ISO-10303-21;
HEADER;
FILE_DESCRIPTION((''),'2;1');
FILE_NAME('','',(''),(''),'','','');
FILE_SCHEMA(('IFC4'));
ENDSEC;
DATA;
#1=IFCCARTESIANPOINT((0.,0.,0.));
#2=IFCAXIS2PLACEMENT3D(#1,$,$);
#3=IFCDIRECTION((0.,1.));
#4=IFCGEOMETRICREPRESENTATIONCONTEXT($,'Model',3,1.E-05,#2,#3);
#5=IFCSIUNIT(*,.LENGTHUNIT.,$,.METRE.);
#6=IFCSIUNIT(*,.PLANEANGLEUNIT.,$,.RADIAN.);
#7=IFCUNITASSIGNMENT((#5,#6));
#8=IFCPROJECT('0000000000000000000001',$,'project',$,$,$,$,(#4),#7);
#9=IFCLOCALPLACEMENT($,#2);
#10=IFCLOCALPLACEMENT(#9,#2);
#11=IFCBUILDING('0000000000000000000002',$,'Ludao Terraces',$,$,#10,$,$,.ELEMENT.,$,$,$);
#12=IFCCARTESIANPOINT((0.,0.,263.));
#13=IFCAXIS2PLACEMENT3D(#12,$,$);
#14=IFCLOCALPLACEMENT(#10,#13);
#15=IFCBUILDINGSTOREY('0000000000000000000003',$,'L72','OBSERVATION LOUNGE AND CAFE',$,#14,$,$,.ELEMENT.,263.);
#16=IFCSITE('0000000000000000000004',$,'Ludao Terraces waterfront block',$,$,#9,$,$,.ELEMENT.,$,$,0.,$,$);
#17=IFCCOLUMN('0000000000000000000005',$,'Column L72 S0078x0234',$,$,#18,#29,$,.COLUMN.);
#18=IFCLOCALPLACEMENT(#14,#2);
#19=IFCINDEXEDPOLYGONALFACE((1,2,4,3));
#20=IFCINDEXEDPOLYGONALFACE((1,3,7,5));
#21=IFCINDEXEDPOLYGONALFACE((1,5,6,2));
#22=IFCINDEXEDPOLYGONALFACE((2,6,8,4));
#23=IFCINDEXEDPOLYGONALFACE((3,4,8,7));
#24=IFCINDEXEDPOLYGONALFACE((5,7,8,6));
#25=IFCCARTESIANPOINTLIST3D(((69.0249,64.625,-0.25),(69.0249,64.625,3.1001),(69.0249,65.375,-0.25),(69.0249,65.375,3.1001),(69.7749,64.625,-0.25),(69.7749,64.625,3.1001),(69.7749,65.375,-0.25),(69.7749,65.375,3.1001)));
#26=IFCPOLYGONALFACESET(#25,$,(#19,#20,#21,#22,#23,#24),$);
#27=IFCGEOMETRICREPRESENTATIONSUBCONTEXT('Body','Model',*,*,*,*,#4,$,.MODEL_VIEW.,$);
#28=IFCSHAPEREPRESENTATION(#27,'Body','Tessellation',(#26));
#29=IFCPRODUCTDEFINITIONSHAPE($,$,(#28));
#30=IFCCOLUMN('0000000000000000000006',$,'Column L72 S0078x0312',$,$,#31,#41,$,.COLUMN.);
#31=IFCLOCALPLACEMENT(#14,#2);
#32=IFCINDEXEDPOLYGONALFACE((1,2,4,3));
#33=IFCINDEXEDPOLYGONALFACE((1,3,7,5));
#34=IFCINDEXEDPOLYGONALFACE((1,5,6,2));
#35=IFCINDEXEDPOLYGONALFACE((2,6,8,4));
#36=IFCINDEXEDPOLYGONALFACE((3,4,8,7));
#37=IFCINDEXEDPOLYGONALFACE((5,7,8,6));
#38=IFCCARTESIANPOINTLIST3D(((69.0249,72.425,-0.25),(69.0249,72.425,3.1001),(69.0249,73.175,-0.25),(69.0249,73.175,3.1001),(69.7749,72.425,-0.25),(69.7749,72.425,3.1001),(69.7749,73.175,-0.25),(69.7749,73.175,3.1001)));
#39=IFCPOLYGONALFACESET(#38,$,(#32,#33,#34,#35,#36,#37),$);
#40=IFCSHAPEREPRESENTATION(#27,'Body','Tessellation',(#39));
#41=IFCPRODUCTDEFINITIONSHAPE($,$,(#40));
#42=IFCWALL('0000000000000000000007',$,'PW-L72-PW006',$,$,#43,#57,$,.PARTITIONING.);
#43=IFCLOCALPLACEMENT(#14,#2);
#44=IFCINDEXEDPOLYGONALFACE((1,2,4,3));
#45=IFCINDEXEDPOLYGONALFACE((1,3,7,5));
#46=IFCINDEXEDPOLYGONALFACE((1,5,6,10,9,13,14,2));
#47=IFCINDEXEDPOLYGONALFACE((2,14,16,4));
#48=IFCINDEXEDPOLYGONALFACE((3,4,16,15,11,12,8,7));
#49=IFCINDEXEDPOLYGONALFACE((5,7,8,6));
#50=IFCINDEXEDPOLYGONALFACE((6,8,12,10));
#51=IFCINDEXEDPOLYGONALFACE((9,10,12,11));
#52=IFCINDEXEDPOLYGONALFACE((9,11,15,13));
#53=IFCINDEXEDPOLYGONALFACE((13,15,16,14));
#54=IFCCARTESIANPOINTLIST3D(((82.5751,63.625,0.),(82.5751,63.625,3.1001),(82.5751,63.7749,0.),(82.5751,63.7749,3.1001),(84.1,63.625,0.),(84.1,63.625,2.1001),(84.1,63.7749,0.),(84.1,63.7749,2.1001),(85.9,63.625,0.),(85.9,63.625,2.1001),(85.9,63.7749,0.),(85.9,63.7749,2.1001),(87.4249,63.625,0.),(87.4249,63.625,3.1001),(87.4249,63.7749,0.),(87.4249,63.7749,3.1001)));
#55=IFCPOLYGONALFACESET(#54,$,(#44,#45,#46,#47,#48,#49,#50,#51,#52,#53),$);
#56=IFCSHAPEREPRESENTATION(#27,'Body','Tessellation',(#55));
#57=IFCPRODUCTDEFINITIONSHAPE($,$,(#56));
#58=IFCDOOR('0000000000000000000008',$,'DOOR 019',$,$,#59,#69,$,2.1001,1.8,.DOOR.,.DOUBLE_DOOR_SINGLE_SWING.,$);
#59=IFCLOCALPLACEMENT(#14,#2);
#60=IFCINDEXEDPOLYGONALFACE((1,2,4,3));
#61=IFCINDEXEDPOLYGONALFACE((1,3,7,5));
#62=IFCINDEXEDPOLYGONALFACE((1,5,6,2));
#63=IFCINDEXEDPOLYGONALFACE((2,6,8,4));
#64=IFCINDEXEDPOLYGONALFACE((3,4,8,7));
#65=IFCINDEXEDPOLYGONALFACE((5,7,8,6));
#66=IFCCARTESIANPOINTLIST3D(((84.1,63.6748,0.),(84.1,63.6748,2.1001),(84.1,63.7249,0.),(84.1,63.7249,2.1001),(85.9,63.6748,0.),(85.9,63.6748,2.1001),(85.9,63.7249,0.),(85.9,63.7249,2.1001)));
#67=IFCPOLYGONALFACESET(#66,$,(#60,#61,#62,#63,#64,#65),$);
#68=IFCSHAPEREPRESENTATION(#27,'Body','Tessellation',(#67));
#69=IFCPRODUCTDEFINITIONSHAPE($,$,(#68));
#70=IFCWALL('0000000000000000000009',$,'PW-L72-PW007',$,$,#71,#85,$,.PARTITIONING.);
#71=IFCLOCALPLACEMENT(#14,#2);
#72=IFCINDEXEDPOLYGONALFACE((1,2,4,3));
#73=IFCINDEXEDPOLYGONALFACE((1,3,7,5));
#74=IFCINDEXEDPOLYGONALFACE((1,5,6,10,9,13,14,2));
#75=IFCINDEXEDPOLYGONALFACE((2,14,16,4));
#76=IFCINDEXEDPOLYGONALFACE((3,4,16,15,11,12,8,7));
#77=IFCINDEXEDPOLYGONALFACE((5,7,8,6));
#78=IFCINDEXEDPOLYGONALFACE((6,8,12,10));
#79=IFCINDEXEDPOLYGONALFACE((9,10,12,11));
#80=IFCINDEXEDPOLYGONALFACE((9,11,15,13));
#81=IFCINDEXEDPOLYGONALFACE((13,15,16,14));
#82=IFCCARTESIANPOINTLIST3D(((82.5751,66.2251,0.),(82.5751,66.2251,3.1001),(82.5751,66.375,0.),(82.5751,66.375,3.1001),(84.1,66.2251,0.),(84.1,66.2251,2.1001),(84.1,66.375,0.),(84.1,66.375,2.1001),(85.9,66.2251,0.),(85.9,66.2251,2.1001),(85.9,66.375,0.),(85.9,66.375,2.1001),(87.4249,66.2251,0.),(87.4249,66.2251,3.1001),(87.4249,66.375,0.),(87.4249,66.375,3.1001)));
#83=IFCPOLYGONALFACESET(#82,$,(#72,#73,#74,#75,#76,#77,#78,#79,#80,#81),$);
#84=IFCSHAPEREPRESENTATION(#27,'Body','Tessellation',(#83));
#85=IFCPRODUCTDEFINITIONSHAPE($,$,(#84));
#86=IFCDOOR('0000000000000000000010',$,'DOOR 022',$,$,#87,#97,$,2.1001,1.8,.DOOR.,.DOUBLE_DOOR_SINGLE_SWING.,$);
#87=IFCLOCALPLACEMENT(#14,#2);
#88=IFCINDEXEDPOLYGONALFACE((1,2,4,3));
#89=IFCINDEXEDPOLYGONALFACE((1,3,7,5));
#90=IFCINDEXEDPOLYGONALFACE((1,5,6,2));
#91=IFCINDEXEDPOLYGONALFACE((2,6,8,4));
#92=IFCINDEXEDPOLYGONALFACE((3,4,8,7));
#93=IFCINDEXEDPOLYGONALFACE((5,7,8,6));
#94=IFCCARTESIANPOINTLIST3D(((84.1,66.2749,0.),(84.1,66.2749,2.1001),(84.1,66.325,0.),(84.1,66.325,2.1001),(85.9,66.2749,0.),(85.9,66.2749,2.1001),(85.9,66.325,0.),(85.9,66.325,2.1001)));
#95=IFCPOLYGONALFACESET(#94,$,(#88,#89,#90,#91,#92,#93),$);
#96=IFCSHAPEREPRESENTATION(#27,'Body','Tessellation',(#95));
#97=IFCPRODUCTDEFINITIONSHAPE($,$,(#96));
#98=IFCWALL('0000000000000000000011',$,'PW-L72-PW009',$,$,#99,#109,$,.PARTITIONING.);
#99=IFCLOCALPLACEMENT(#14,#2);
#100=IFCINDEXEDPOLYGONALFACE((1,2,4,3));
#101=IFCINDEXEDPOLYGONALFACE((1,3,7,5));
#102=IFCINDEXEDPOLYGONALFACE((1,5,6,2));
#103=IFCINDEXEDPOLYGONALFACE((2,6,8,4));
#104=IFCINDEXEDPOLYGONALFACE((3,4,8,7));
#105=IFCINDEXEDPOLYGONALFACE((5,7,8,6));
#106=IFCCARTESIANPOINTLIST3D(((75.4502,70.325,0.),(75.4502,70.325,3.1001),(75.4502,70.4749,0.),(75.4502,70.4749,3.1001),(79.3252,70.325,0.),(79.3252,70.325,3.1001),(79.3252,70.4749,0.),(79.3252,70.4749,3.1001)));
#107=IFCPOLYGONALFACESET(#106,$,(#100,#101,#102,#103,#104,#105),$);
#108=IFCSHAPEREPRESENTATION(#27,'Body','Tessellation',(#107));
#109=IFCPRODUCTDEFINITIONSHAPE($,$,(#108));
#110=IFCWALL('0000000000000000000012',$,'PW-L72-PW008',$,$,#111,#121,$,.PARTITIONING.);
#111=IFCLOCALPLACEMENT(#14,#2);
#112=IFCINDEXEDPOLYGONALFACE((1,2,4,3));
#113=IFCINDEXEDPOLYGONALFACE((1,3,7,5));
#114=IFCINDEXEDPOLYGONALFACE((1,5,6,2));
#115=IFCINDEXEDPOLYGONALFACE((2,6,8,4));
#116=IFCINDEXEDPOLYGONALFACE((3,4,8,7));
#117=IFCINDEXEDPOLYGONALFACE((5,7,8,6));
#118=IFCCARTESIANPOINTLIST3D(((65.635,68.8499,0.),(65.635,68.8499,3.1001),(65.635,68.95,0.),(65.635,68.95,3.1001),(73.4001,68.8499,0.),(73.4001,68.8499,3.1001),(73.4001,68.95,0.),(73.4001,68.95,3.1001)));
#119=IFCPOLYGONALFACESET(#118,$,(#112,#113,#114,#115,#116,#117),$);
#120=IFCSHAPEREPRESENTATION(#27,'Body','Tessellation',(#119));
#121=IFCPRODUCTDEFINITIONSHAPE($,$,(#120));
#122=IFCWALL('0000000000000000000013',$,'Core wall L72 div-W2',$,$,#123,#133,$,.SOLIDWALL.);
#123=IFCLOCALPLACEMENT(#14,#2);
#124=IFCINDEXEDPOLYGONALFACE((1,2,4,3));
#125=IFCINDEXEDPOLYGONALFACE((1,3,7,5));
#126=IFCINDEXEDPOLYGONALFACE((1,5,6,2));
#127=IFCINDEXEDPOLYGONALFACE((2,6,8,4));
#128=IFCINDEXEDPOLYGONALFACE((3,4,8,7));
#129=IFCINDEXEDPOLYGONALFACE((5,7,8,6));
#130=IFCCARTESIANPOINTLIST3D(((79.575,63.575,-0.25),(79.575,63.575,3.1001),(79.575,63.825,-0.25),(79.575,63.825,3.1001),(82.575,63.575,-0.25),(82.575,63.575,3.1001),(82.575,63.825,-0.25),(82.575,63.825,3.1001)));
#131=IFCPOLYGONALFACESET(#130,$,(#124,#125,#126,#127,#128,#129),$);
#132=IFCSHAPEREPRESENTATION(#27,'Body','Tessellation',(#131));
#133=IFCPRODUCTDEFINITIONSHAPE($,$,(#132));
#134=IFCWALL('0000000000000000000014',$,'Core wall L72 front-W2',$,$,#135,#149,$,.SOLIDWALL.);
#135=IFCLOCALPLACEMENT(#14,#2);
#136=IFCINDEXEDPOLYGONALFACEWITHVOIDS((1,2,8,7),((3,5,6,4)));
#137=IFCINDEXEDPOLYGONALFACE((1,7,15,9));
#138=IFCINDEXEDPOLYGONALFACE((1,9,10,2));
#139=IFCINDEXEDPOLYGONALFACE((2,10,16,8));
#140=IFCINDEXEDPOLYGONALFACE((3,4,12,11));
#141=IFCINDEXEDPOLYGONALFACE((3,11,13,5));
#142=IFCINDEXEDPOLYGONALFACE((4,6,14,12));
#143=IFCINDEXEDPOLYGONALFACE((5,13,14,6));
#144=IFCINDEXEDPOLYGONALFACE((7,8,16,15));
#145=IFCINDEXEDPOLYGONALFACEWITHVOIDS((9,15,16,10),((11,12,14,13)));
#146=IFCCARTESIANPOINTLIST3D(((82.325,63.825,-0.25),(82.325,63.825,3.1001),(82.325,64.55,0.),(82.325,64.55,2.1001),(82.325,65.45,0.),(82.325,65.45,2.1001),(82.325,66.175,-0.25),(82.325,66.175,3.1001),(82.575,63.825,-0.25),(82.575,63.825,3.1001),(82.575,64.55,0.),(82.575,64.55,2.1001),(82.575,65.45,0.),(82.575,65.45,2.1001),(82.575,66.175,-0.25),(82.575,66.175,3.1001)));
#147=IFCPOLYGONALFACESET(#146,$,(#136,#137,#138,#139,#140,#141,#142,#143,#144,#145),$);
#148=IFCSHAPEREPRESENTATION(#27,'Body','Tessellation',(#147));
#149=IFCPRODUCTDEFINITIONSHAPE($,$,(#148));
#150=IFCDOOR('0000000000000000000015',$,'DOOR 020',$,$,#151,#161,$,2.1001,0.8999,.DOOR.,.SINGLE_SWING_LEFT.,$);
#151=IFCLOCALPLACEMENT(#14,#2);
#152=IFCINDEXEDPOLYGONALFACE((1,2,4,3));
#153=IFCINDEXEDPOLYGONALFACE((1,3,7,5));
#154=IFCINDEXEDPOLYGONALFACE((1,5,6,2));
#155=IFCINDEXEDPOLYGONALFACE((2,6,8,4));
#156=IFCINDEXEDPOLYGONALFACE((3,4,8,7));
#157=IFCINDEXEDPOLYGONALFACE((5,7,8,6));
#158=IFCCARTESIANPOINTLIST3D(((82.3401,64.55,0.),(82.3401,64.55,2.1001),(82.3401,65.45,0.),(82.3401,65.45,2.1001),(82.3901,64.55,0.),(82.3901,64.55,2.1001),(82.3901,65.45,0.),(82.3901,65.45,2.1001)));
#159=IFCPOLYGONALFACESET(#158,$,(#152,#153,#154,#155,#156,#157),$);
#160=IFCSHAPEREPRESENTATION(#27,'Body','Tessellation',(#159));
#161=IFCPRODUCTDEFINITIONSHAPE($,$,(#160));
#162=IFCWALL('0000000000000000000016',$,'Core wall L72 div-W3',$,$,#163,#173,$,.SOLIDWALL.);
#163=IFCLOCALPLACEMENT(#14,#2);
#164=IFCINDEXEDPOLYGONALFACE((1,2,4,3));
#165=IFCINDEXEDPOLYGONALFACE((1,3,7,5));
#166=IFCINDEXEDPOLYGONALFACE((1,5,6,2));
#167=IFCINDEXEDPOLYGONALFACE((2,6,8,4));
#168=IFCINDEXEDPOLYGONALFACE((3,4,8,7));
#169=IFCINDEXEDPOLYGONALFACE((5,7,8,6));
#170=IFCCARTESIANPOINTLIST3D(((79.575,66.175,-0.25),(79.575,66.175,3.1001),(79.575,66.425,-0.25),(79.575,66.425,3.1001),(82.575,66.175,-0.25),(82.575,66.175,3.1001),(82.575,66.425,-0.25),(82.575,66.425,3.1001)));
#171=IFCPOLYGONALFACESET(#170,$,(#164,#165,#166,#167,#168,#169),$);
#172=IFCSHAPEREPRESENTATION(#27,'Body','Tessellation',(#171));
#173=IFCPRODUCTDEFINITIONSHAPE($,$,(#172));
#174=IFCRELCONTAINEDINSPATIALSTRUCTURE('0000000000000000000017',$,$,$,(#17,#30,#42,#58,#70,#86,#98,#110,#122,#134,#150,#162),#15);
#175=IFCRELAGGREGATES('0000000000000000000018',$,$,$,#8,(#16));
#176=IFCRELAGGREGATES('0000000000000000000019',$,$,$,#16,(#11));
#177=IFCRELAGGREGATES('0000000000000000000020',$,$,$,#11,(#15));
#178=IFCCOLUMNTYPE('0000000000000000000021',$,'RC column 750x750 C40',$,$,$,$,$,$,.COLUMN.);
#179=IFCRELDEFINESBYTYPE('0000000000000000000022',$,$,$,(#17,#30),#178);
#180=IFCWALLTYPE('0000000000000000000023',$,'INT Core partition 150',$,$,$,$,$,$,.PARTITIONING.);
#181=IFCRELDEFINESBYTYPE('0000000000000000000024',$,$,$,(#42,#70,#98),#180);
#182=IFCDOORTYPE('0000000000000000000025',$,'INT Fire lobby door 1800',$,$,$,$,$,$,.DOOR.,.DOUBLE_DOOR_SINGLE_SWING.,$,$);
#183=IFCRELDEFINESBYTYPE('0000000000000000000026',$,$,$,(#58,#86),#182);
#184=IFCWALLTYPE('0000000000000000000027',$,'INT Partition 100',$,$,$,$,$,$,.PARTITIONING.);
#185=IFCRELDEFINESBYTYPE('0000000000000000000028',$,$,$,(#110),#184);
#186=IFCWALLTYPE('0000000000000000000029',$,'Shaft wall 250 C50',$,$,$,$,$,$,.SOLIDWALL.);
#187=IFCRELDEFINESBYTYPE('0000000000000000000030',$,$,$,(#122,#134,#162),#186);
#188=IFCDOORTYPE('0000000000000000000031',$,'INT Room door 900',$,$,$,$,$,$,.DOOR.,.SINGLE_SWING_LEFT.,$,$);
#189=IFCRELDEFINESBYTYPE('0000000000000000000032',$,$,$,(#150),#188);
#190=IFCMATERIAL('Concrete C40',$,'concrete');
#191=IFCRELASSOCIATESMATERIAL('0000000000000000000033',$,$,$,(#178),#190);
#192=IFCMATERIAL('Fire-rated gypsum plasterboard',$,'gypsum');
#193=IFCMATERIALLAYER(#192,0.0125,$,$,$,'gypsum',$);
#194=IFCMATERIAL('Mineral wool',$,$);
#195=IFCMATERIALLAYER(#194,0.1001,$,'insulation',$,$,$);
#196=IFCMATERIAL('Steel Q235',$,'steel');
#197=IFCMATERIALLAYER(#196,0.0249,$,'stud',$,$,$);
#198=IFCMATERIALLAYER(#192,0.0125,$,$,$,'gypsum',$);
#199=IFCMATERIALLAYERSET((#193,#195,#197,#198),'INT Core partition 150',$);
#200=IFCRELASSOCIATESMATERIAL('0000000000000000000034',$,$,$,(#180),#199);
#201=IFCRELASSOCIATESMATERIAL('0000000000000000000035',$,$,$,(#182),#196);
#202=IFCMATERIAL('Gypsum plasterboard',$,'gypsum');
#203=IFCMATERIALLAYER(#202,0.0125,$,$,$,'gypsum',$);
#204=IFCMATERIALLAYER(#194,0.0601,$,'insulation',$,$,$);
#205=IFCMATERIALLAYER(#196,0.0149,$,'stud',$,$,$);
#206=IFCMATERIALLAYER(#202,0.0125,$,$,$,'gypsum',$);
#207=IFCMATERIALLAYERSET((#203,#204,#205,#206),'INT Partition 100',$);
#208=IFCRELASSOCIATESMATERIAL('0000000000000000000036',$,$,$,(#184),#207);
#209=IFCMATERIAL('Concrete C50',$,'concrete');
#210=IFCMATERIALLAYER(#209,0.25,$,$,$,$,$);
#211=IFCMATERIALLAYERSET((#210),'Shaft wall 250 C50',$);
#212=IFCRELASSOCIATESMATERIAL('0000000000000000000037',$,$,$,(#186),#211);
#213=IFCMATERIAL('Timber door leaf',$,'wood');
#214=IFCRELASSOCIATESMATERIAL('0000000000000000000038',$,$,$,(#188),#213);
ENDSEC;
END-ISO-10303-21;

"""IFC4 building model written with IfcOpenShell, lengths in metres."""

from ifc_helpers import new_model, si_unit, direction, frame, frame_2d, origin, origin_2d, place, context, subcontext, project, spatial, rectangle, extrude, material, layer, layer_set, material_profile, profile_set, type_object, element, fill, save


model = new_model("IFC4")

# Units and contexts
model_context = context("Model", 3, precision=1e-05, world=origin(), true_north=direction((0.0, 1.0)))
body_context = subcontext(model_context, "Body", "Model", "MODEL_VIEW")
ifc_project = project(units=[si_unit("LENGTHUNIT", "METRE"), si_unit("PLANEANGLEUNIT", "RADIAN")], contexts=[model_context])

# Site, building, storey
site_placement = place(None, origin())
site = spatial("IfcSite", under=ifc_project, at=site_placement, Name="Ludao Terraces waterfront block", CompositionType="ELEMENT", RefElevation=0.0)
building_placement = place(site_placement, origin())
building = spatial("IfcBuilding", under=site, at=building_placement, Name="Ludao Terraces", CompositionType="ELEMENT")
storey_placement = place(building_placement, frame((0.0, 0.0, 263.0)))
storey = spatial("IfcBuildingStorey", under=building, at=storey_placement, Name="L72", Description="OBSERVATION LOUNGE AND CAFE", CompositionType="ELEMENT", Elevation=263.0)

# Columns
ifc_material_1 = material(Name="Concrete C40", Category="concrete")
ifc_material_profile = material_profile(ifc_material_1, rectangle(XDim=0.75, YDim=0.75, at=origin_2d()), Name="750 X 750")
ifc_profile_set = profile_set([ifc_material_profile], Name="Concrete C40")
column_type = type_object("IfcColumnType", Name="RC column 750x750 C40", PredefinedType="COLUMN", material=ifc_profile_set)
for number, where, z_axis, x_axis, name in (
    (1, (69.3999, 65.0, -0.25), (0.0, 0.0, 1.0), (1.0, 0.0, 0.0), "Column L72 S0078x0234"),
    (2, (69.3999, 72.8, -0.25), (0.0, 0.0, 1.0), (1.0, 0.0, 0.0), "Column L72 S0078x0312"),
):
    element("IfcColumn", number, at=place(storey_placement, frame(where, z_axis=z_axis, x_axis=x_axis)), inside=storey, type_object=column_type, Name=name, PredefinedType="COLUMN", context=body_context, shape_type="SweptSolid", body=[
        extrude(rectangle(XDim=0.75, YDim=0.75, at=origin_2d()), origin(), (0.0, 0.0, 1.0), 3.3501),
    ])

# Walls, openings, doors
ifc_material_2 = material(Name="Fire-rated gypsum plasterboard", Category="gypsum")
ifc_layer_1 = layer(ifc_material_2, 0.0125, Category="gypsum")
ifc_material_3 = material(Name="Mineral wool")
ifc_layer_2 = layer(ifc_material_3, 0.1001, Name="insulation")
ifc_material_4 = material(Name="Steel Q235", Category="steel")
ifc_layer_3 = layer(ifc_material_4, 0.0249, Name="stud")
ifc_layer_4 = layer(ifc_material_2, 0.0125, Category="gypsum")
ifc_layer_set_1 = layer_set([ifc_layer_1, ifc_layer_2, ifc_layer_3, ifc_layer_4], Name="INT Core partition 150")
wall_type_1 = type_object("IfcWallType", Name="INT Core partition 150", PredefinedType="PARTITIONING", material=ifc_layer_set_1)
wall_1_placement = place(storey_placement, frame((82.5752, 63.7, 0.0), z_axis=(0.0, 0.0, 1.0), x_axis=(1.0, 0.0, 0.0)))
wall_1 = element("IfcWall", 3, at=wall_1_placement, inside=storey, type_object=wall_type_1, Name="PW-L72-PW006", PredefinedType="PARTITIONING", context=body_context, shape_type="SweptSolid", body=[
    extrude(rectangle(XDim=4.8499, YDim=0.1499, at=frame_2d((2.4248, 0.0))), origin(), (0.0, 0.0, 1.0), 3.1001),
])
opening_1_placement = place(wall_1_placement, frame((1.5249, 0.0, 0.0)))
opening_1 = element("IfcOpeningElement", 4, at=opening_1_placement, cuts=wall_1, PredefinedType="OPENING", context=body_context, shape_type="SweptSolid", body=[
    extrude(rectangle(XDim=1.8, YDim=2.1001, at=frame_2d((0.8999, 1.05))), frame((0.0, 0.085, 0.0), z_axis=(0.0, -1.0, 0.0), x_axis=(1.0, 0.0, 0.0)), (0.0, 0.0, 1.0), 0.1699),
])
door_type_1 = type_object("IfcDoorType", Name="INT Fire lobby door 1800", OperationType="DOUBLE_DOOR_SINGLE_SWING", PredefinedType="DOOR", material=ifc_material_4)
door_1_placement = place(opening_1_placement, origin())
door_1 = element("IfcDoor", 5, at=door_1_placement, inside=storey, type_object=door_type_1, Name="DOOR 019", OperationType="DOUBLE_DOOR_SINGLE_SWING", OverallHeight=2.1001, OverallWidth=1.8, PredefinedType="DOOR", context=body_context, shape_type="SweptSolid", body=[
    extrude(rectangle(XDim=1.8, YDim=2.1001, at=frame_2d((0.8999, 1.05))), frame((0.0, 0.0249, 0.0), z_axis=(0.0, -1.0, 0.0), x_axis=(1.0, 0.0, 0.0)), (0.0, 0.0, 1.0), 0.05),
])
fill(opening_1, door_1)
wall_2_placement = place(storey_placement, frame((82.5752, 66.3, 0.0), z_axis=(0.0, 0.0, 1.0), x_axis=(1.0, 0.0, 0.0)))
wall_2 = element("IfcWall", 6, at=wall_2_placement, inside=storey, type_object=wall_type_1, Name="PW-L72-PW007", PredefinedType="PARTITIONING", context=body_context, shape_type="SweptSolid", body=[
    extrude(rectangle(XDim=4.8499, YDim=0.1499, at=frame_2d((2.4248, 0.0))), origin(), (0.0, 0.0, 1.0), 3.1001),
])
opening_2_placement = place(wall_2_placement, frame((1.5249, 0.0, 0.0)))
opening_2 = element("IfcOpeningElement", 7, at=opening_2_placement, cuts=wall_2, PredefinedType="OPENING", context=body_context, shape_type="SweptSolid", body=[
    extrude(rectangle(XDim=1.8, YDim=2.1001, at=frame_2d((0.8999, 1.05))), frame((0.0, 0.085, 0.0), z_axis=(0.0, -1.0, 0.0), x_axis=(1.0, 0.0, 0.0)), (0.0, 0.0, 1.0), 0.1699),
])
door_2_placement = place(opening_2_placement, origin())
door_2 = element("IfcDoor", 8, at=door_2_placement, inside=storey, type_object=door_type_1, Name="DOOR 022", OperationType="DOUBLE_DOOR_SINGLE_SWING", OverallHeight=2.1001, OverallWidth=1.8, PredefinedType="DOOR", context=body_context, shape_type="SweptSolid", body=[
    extrude(rectangle(XDim=1.8, YDim=2.1001, at=frame_2d((0.8999, 1.05))), frame((0.0, 0.0249, 0.0), z_axis=(0.0, -1.0, 0.0), x_axis=(1.0, 0.0, 0.0)), (0.0, 0.0, 1.0), 0.05),
])
fill(opening_2, door_2)

# Walls
wall_3_placement = place(storey_placement, frame((75.4502, 70.3999, 0.0), z_axis=(0.0, 0.0, 1.0), x_axis=(1.0, 0.0, 0.0)))
element("IfcWall", 9, at=wall_3_placement, inside=storey, type_object=wall_type_1, Name="PW-L72-PW009", PredefinedType="PARTITIONING", context=body_context, shape_type="SweptSolid", body=[
    extrude(rectangle(XDim=3.875, YDim=0.1499, at=frame_2d((1.9375, 0.0))), origin(), (0.0, 0.0, 1.0), 3.1001),
])
ifc_material_5 = material(Name="Gypsum plasterboard", Category="gypsum")
ifc_layer_5 = layer(ifc_material_5, 0.0125, Category="gypsum")
ifc_layer_6 = layer(ifc_material_3, 0.0601, Name="insulation")
ifc_layer_7 = layer(ifc_material_4, 0.0149, Name="stud")
ifc_layer_8 = layer(ifc_material_5, 0.0125, Category="gypsum")
ifc_layer_set_2 = layer_set([ifc_layer_5, ifc_layer_6, ifc_layer_7, ifc_layer_8], Name="INT Partition 100")
wall_type_2 = type_object("IfcWallType", Name="INT Partition 100", PredefinedType="PARTITIONING", material=ifc_layer_set_2)
wall_4_placement = place(storey_placement, frame((65.635, 68.8999, 0.0), z_axis=(0.0, 0.0, 1.0), x_axis=(1.0, 0.0, 0.0)))
element("IfcWall", 10, at=wall_4_placement, inside=storey, type_object=wall_type_2, Name="PW-L72-PW008", PredefinedType="PARTITIONING", context=body_context, shape_type="SweptSolid", body=[
    extrude(rectangle(XDim=7.7651, YDim=0.1001, at=frame_2d((3.8826, 0.0))), origin(), (0.0, 0.0, 1.0), 3.1001),
])
ifc_material_6 = material(Name="Concrete C50", Category="concrete")
ifc_layer_9 = layer(ifc_material_6, 0.25)
ifc_layer_set_3 = layer_set([ifc_layer_9], Name="Shaft wall 250 C50")
wall_type_3 = type_object("IfcWallType", Name="Shaft wall 250 C50", PredefinedType="SOLIDWALL", material=ifc_layer_set_3)
wall_5_placement = place(storey_placement, frame((79.575, 63.7, -0.25), z_axis=(0.0, 0.0, 1.0), x_axis=(1.0, 0.0, 0.0)))
element("IfcWall", 11, at=wall_5_placement, inside=storey, type_object=wall_type_3, Name="Core wall L72 div-W2", PredefinedType="SOLIDWALL", context=body_context, shape_type="SweptSolid", body=[
    extrude(rectangle(XDim=3.0, YDim=0.25, at=frame_2d((1.5, 0.0))), origin(), (0.0, 0.0, 1.0), 3.3501),
])

# Wall, opening, door
wall_6_placement = place(storey_placement, frame((82.45, 63.825, -0.25), z_axis=(0.0, 0.0, 1.0), x_axis=(0.0, 1.0, 0.0)))
wall_6 = element("IfcWall", 12, at=wall_6_placement, inside=storey, type_object=wall_type_3, Name="Core wall L72 front-W2", PredefinedType="SOLIDWALL", context=body_context, shape_type="SweptSolid", body=[
    extrude(rectangle(XDim=2.3501, YDim=0.25, at=frame_2d((1.175, 0.0))), origin(), (0.0, 0.0, 1.0), 3.3501),
])
opening_3_placement = place(wall_6_placement, frame((0.7251, 0.0, 0.25)))
opening_3 = element("IfcOpeningElement", 13, at=opening_3_placement, cuts=wall_6, PredefinedType="OPENING", context=body_context, shape_type="SweptSolid", body=[
    extrude(rectangle(XDim=0.8999, YDim=2.1001, at=frame_2d((0.45, 1.05))), frame((0.0, 0.135, 0.0), z_axis=(0.0, -1.0, 0.0), x_axis=(1.0, 0.0, 0.0)), (0.0, 0.0, 1.0), 0.27),
])
ifc_material_7 = material(Name="Timber door leaf", Category="wood")
door_type_2 = type_object("IfcDoorType", Name="INT Room door 900", OperationType="SINGLE_SWING_LEFT", PredefinedType="DOOR", material=ifc_material_7)
door_3_placement = place(opening_3_placement, origin())
door_3 = element("IfcDoor", 14, at=door_3_placement, inside=storey, type_object=door_type_2, Name="DOOR 020", OperationType="SINGLE_SWING_LEFT", OverallHeight=2.1001, OverallWidth=0.8999, PredefinedType="DOOR", context=body_context, shape_type="SweptSolid", body=[
    extrude(rectangle(XDim=0.8999, YDim=2.1001, at=frame_2d((0.45, 1.05))), frame((0.0, 0.1099, 0.0), z_axis=(0.0, -1.0, 0.0), x_axis=(1.0, 0.0, 0.0)), (0.0, 0.0, 1.0), 0.05),
])
fill(opening_3, door_3)

# Wall
wall_7_placement = place(storey_placement, frame((79.575, 66.3, -0.25), z_axis=(0.0, 0.0, 1.0), x_axis=(1.0, 0.0, 0.0)))
element("IfcWall", 15, at=wall_7_placement, inside=storey, type_object=wall_type_3, Name="Core wall L72 div-W3", PredefinedType="SOLIDWALL", context=body_context, shape_type="SweptSolid", body=[
    extrude(rectangle(XDim=3.0, YDim=0.25, at=frame_2d((1.5, 0.0))), origin(), (0.0, 0.0, 1.0), 3.3501),
])

save(model, "model.ifc")
